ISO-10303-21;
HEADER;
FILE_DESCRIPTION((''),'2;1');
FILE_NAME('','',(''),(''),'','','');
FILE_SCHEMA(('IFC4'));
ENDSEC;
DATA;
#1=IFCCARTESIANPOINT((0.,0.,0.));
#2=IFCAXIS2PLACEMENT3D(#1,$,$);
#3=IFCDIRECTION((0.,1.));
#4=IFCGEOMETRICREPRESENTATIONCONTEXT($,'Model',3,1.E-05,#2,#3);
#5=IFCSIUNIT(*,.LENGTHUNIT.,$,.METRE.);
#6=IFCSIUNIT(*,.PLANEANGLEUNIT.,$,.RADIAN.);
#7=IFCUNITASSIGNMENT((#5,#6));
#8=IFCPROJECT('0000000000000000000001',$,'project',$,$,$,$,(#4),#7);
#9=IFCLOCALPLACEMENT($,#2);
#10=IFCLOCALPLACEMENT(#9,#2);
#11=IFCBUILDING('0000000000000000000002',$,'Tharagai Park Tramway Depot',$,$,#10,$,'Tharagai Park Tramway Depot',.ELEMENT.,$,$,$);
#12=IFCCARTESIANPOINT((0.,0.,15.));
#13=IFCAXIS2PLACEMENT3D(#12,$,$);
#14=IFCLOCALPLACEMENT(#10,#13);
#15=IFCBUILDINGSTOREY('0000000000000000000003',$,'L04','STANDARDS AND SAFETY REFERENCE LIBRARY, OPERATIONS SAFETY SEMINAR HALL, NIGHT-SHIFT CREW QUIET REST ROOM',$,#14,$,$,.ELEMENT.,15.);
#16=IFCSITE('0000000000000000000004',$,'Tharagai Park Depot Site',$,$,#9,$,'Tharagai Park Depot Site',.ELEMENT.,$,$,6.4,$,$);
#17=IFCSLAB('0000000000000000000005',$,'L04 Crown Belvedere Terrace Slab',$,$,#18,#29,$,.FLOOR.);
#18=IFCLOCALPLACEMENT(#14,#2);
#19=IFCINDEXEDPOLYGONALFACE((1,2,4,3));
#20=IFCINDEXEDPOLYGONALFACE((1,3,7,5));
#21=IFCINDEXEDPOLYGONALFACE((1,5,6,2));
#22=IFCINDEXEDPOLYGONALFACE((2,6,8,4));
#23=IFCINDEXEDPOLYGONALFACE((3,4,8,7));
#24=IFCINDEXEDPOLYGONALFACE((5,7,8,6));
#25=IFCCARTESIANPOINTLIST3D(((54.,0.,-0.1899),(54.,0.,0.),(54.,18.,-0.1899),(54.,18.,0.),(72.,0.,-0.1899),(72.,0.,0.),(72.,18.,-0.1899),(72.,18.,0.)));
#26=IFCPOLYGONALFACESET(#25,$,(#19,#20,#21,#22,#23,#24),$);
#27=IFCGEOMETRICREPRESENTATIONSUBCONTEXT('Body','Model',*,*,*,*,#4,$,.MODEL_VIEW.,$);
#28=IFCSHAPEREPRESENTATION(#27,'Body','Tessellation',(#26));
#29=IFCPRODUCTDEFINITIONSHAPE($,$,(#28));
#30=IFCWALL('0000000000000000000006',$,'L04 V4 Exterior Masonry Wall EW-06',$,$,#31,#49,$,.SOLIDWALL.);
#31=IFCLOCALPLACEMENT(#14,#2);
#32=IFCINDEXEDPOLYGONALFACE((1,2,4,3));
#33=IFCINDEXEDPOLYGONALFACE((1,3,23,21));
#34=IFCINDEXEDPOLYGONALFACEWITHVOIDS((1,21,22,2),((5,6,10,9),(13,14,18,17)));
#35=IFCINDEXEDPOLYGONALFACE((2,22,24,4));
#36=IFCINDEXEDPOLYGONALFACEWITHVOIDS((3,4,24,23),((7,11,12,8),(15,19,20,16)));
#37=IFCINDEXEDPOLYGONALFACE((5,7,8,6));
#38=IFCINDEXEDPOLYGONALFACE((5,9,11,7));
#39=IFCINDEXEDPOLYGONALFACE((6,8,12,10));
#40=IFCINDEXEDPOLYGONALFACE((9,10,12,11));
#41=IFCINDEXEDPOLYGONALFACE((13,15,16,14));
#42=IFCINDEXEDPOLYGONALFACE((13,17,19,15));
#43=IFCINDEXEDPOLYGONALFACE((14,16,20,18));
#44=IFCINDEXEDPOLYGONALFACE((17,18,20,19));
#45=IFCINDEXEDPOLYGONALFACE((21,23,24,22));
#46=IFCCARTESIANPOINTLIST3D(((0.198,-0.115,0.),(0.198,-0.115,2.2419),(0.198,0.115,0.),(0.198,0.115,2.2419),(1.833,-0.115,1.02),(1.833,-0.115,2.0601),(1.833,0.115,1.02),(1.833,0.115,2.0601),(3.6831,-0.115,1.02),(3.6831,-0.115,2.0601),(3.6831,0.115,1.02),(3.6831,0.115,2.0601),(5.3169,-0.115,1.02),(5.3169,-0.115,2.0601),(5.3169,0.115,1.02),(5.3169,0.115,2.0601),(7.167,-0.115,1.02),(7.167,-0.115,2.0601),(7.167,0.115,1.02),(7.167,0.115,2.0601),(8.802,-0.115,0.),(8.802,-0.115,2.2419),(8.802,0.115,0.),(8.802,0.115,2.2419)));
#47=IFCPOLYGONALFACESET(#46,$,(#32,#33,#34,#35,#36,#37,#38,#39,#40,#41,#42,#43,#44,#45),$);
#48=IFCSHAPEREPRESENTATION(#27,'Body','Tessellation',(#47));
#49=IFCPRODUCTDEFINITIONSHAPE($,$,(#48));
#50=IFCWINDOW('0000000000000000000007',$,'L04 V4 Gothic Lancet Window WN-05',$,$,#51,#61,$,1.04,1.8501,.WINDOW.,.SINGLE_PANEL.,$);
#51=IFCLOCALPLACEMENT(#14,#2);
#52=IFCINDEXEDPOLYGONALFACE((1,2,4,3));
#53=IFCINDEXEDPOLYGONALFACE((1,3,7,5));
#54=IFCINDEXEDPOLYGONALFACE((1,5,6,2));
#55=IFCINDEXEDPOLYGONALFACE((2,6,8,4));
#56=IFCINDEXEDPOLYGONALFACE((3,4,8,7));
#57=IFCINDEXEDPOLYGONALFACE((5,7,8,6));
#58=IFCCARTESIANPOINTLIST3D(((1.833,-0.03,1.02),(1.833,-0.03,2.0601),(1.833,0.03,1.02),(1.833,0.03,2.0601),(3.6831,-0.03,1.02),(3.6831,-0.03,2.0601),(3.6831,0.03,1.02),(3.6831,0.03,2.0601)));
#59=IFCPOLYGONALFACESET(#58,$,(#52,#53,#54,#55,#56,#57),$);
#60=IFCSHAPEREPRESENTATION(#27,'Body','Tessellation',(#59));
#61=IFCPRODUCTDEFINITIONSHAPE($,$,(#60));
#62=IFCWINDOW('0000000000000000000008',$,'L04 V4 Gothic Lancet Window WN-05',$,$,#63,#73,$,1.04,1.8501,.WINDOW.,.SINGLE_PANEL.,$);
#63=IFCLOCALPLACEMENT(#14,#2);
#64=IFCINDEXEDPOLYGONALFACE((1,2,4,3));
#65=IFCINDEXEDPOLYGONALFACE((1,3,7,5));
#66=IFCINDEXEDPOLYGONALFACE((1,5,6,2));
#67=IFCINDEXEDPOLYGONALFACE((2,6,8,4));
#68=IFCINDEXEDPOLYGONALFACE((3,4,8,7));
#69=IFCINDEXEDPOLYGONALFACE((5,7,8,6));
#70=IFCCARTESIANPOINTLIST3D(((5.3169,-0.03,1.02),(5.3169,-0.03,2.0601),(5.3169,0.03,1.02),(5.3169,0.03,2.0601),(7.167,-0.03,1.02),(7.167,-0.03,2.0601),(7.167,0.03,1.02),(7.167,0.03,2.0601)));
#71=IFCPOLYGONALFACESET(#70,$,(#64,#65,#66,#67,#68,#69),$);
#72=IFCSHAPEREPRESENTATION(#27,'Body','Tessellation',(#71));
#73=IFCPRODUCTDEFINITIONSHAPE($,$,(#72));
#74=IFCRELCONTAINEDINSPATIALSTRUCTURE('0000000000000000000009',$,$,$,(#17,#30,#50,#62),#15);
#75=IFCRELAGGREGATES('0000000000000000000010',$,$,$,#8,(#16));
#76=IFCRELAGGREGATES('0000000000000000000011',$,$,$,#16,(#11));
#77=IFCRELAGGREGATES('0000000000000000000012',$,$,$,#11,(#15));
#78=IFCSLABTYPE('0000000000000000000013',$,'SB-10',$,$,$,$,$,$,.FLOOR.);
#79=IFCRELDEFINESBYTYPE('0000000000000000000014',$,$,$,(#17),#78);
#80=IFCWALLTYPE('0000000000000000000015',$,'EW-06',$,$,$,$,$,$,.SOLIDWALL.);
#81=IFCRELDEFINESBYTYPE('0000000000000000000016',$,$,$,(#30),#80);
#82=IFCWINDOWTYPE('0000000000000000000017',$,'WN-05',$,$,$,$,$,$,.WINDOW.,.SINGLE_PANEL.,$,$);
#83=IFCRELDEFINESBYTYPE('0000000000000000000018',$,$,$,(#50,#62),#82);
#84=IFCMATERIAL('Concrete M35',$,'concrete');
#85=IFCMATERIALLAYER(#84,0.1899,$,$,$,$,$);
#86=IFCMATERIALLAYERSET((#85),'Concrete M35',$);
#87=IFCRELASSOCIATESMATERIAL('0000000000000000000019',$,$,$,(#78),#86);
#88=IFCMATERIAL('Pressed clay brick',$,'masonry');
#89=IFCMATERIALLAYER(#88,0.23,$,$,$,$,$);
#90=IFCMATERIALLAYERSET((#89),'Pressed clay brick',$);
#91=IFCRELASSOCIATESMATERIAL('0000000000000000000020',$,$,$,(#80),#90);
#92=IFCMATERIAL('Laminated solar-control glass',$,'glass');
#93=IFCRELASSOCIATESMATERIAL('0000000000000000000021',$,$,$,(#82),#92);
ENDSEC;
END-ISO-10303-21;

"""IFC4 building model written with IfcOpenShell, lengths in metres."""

from ifc_helpers import new_model, si_unit, direction, frame, frame_2d, origin, place, context, subcontext, project, spatial, polyline, rectangle, outline, extrude, material, layer, layer_set, type_object, element, fill, save


model = new_model("IFC4")

# Units and contexts
model_context = context("Model", 3, precision=1e-05, world=origin(), true_north=direction((0.0, 1.0)))
body_context = subcontext(model_context, "Body", "Model", "MODEL_VIEW")
ifc_project = project(units=[si_unit("LENGTHUNIT", "METRE"), si_unit("PLANEANGLEUNIT", "RADIAN")], contexts=[model_context])

# Site, building, storey
site_placement = place(None, origin())
site = spatial("IfcSite", under=ifc_project, at=site_placement, Name="Tharagai Park Depot Site", LongName="Tharagai Park Depot Site", CompositionType="ELEMENT", RefElevation=6.4)
building_placement = place(site_placement, origin())
building = spatial("IfcBuilding", under=site, at=building_placement, Name="Tharagai Park Tramway Depot", LongName="Tharagai Park Tramway Depot", CompositionType="ELEMENT")
storey_placement = place(building_placement, frame((0.0, 0.0, 15.0)))
storey = spatial("IfcBuildingStorey", under=building, at=storey_placement, Name="L04", Description="STANDARDS AND SAFETY REFERENCE LIBRARY, OPERATIONS SAFETY SEMINAR HALL, NIGHT-SHIFT CREW QUIET REST ROOM", CompositionType="ELEMENT", Elevation=15.0)

# Slab
ifc_material_1 = material(Name="Concrete M35", Category="concrete")
ifc_layer_1 = layer(ifc_material_1, 0.1899)
ifc_layer_set_1 = layer_set([ifc_layer_1], Name="Concrete M35")
slab_type_1 = type_object("IfcSlabType", Name="SB-10", PredefinedType="FLOOR", material=ifc_layer_set_1)
slab_1_placement = place(storey_placement, frame((0.0, 0.0, -0.1899)))
element("IfcSlab", 1, at=slab_1_placement, inside=storey, type_object=slab_type_1, Name="L04 Crown Belvedere Terrace Slab", PredefinedType="FLOOR", context=body_context, shape_type="SweptSolid", body=[
    extrude(outline(polyline([(54.0, 0.0), (72.0, 0.0), (72.0, 18.0), (54.0, 18.0), (54.0, 0.0)])), origin(), (0.0, 0.0, 1.0), 0.1899),
])

# Wall, openings, windows
ifc_material_2 = material(Name="Pressed clay brick", Category="masonry")
ifc_layer_2 = layer(ifc_material_2, 0.23)
ifc_layer_set_2 = layer_set([ifc_layer_2], Name="Pressed clay brick")
wall_type = type_object("IfcWallType", Name="EW-06", PredefinedType="SOLIDWALL", material=ifc_layer_set_2)
wall_placement = place(storey_placement, frame((0.198, 0.0, 0.0), z_axis=(0.0, 0.0, 1.0), x_axis=(1.0, 0.0, 0.0)))
wall = element("IfcWall", 2, at=wall_placement, inside=storey, type_object=wall_type, Name="L04 V4 Exterior Masonry Wall EW-06", PredefinedType="SOLIDWALL", context=body_context, shape_type="SweptSolid", body=[
    extrude(rectangle(XDim=8.604, YDim=0.23, at=frame_2d((4.302, 0.0))), origin(), (0.0, 0.0, 1.0), 2.2419),
])
opening_1_placement = place(wall_placement, frame((1.635, 0.0, 1.02)))
opening_1 = element("IfcOpeningElement", 3, at=opening_1_placement, cuts=wall, PredefinedType="OPENING", context=body_context, shape_type="SweptSolid", body=[
    extrude(rectangle(XDim=1.8501, YDim=1.04, at=frame_2d((0.925, 0.52))), frame((0.0, 0.125, 0.0), z_axis=(0.0, -1.0, 0.0), x_axis=(1.0, 0.0, 0.0)), (0.0, 0.0, 1.0), 0.25),
])
opening_2_placement = place(wall_placement, frame((5.1189, 0.0, 1.02)))
opening_2 = element("IfcOpeningElement", 4, at=opening_2_placement, cuts=wall, PredefinedType="OPENING", context=body_context, shape_type="SweptSolid", body=[
    extrude(rectangle(XDim=1.8501, YDim=1.04, at=frame_2d((0.925, 0.52))), frame((0.0, 0.125, 0.0), z_axis=(0.0, -1.0, 0.0), x_axis=(1.0, 0.0, 0.0)), (0.0, 0.0, 1.0), 0.25),
])
ifc_material_3 = material(Name="Laminated solar-control glass", Category="glass")
window_type = type_object("IfcWindowType", Name="WN-05", PartitioningType="SINGLE_PANEL", PredefinedType="WINDOW", material=ifc_material_3)
window_1_placement = place(opening_1_placement, origin())
window_1 = element("IfcWindow", 5, at=window_1_placement, inside=storey, type_object=window_type, Name="L04 V4 Gothic Lancet Window WN-05", OverallHeight=1.04, OverallWidth=1.8501, PartitioningType="SINGLE_PANEL", PredefinedType="WINDOW", context=body_context, shape_type="SweptSolid", body=[
    extrude(rectangle(XDim=1.8501, YDim=1.04, at=frame_2d((0.925, 0.52))), frame((0.0, 0.03, 0.0), z_axis=(0.0, -1.0, 0.0), x_axis=(1.0, 0.0, 0.0)), (0.0, 0.0, 1.0), 0.0601),
])
fill(opening_1, window_1)
window_2_placement = place(opening_2_placement, origin())
window_2 = element("IfcWindow", 6, at=window_2_placement, inside=storey, type_object=window_type, Name="L04 V4 Gothic Lancet Window WN-05", OverallHeight=1.04, OverallWidth=1.8501, PartitioningType="SINGLE_PANEL", PredefinedType="WINDOW", context=body_context, shape_type="SweptSolid", body=[
    extrude(rectangle(XDim=1.8501, YDim=1.04, at=frame_2d((0.925, 0.52))), frame((0.0, 0.03, 0.0), z_axis=(0.0, -1.0, 0.0), x_axis=(1.0, 0.0, 0.0)), (0.0, 0.0, 1.0), 0.0601),
])
fill(opening_2, window_2)

save(model, "model.ifc")
